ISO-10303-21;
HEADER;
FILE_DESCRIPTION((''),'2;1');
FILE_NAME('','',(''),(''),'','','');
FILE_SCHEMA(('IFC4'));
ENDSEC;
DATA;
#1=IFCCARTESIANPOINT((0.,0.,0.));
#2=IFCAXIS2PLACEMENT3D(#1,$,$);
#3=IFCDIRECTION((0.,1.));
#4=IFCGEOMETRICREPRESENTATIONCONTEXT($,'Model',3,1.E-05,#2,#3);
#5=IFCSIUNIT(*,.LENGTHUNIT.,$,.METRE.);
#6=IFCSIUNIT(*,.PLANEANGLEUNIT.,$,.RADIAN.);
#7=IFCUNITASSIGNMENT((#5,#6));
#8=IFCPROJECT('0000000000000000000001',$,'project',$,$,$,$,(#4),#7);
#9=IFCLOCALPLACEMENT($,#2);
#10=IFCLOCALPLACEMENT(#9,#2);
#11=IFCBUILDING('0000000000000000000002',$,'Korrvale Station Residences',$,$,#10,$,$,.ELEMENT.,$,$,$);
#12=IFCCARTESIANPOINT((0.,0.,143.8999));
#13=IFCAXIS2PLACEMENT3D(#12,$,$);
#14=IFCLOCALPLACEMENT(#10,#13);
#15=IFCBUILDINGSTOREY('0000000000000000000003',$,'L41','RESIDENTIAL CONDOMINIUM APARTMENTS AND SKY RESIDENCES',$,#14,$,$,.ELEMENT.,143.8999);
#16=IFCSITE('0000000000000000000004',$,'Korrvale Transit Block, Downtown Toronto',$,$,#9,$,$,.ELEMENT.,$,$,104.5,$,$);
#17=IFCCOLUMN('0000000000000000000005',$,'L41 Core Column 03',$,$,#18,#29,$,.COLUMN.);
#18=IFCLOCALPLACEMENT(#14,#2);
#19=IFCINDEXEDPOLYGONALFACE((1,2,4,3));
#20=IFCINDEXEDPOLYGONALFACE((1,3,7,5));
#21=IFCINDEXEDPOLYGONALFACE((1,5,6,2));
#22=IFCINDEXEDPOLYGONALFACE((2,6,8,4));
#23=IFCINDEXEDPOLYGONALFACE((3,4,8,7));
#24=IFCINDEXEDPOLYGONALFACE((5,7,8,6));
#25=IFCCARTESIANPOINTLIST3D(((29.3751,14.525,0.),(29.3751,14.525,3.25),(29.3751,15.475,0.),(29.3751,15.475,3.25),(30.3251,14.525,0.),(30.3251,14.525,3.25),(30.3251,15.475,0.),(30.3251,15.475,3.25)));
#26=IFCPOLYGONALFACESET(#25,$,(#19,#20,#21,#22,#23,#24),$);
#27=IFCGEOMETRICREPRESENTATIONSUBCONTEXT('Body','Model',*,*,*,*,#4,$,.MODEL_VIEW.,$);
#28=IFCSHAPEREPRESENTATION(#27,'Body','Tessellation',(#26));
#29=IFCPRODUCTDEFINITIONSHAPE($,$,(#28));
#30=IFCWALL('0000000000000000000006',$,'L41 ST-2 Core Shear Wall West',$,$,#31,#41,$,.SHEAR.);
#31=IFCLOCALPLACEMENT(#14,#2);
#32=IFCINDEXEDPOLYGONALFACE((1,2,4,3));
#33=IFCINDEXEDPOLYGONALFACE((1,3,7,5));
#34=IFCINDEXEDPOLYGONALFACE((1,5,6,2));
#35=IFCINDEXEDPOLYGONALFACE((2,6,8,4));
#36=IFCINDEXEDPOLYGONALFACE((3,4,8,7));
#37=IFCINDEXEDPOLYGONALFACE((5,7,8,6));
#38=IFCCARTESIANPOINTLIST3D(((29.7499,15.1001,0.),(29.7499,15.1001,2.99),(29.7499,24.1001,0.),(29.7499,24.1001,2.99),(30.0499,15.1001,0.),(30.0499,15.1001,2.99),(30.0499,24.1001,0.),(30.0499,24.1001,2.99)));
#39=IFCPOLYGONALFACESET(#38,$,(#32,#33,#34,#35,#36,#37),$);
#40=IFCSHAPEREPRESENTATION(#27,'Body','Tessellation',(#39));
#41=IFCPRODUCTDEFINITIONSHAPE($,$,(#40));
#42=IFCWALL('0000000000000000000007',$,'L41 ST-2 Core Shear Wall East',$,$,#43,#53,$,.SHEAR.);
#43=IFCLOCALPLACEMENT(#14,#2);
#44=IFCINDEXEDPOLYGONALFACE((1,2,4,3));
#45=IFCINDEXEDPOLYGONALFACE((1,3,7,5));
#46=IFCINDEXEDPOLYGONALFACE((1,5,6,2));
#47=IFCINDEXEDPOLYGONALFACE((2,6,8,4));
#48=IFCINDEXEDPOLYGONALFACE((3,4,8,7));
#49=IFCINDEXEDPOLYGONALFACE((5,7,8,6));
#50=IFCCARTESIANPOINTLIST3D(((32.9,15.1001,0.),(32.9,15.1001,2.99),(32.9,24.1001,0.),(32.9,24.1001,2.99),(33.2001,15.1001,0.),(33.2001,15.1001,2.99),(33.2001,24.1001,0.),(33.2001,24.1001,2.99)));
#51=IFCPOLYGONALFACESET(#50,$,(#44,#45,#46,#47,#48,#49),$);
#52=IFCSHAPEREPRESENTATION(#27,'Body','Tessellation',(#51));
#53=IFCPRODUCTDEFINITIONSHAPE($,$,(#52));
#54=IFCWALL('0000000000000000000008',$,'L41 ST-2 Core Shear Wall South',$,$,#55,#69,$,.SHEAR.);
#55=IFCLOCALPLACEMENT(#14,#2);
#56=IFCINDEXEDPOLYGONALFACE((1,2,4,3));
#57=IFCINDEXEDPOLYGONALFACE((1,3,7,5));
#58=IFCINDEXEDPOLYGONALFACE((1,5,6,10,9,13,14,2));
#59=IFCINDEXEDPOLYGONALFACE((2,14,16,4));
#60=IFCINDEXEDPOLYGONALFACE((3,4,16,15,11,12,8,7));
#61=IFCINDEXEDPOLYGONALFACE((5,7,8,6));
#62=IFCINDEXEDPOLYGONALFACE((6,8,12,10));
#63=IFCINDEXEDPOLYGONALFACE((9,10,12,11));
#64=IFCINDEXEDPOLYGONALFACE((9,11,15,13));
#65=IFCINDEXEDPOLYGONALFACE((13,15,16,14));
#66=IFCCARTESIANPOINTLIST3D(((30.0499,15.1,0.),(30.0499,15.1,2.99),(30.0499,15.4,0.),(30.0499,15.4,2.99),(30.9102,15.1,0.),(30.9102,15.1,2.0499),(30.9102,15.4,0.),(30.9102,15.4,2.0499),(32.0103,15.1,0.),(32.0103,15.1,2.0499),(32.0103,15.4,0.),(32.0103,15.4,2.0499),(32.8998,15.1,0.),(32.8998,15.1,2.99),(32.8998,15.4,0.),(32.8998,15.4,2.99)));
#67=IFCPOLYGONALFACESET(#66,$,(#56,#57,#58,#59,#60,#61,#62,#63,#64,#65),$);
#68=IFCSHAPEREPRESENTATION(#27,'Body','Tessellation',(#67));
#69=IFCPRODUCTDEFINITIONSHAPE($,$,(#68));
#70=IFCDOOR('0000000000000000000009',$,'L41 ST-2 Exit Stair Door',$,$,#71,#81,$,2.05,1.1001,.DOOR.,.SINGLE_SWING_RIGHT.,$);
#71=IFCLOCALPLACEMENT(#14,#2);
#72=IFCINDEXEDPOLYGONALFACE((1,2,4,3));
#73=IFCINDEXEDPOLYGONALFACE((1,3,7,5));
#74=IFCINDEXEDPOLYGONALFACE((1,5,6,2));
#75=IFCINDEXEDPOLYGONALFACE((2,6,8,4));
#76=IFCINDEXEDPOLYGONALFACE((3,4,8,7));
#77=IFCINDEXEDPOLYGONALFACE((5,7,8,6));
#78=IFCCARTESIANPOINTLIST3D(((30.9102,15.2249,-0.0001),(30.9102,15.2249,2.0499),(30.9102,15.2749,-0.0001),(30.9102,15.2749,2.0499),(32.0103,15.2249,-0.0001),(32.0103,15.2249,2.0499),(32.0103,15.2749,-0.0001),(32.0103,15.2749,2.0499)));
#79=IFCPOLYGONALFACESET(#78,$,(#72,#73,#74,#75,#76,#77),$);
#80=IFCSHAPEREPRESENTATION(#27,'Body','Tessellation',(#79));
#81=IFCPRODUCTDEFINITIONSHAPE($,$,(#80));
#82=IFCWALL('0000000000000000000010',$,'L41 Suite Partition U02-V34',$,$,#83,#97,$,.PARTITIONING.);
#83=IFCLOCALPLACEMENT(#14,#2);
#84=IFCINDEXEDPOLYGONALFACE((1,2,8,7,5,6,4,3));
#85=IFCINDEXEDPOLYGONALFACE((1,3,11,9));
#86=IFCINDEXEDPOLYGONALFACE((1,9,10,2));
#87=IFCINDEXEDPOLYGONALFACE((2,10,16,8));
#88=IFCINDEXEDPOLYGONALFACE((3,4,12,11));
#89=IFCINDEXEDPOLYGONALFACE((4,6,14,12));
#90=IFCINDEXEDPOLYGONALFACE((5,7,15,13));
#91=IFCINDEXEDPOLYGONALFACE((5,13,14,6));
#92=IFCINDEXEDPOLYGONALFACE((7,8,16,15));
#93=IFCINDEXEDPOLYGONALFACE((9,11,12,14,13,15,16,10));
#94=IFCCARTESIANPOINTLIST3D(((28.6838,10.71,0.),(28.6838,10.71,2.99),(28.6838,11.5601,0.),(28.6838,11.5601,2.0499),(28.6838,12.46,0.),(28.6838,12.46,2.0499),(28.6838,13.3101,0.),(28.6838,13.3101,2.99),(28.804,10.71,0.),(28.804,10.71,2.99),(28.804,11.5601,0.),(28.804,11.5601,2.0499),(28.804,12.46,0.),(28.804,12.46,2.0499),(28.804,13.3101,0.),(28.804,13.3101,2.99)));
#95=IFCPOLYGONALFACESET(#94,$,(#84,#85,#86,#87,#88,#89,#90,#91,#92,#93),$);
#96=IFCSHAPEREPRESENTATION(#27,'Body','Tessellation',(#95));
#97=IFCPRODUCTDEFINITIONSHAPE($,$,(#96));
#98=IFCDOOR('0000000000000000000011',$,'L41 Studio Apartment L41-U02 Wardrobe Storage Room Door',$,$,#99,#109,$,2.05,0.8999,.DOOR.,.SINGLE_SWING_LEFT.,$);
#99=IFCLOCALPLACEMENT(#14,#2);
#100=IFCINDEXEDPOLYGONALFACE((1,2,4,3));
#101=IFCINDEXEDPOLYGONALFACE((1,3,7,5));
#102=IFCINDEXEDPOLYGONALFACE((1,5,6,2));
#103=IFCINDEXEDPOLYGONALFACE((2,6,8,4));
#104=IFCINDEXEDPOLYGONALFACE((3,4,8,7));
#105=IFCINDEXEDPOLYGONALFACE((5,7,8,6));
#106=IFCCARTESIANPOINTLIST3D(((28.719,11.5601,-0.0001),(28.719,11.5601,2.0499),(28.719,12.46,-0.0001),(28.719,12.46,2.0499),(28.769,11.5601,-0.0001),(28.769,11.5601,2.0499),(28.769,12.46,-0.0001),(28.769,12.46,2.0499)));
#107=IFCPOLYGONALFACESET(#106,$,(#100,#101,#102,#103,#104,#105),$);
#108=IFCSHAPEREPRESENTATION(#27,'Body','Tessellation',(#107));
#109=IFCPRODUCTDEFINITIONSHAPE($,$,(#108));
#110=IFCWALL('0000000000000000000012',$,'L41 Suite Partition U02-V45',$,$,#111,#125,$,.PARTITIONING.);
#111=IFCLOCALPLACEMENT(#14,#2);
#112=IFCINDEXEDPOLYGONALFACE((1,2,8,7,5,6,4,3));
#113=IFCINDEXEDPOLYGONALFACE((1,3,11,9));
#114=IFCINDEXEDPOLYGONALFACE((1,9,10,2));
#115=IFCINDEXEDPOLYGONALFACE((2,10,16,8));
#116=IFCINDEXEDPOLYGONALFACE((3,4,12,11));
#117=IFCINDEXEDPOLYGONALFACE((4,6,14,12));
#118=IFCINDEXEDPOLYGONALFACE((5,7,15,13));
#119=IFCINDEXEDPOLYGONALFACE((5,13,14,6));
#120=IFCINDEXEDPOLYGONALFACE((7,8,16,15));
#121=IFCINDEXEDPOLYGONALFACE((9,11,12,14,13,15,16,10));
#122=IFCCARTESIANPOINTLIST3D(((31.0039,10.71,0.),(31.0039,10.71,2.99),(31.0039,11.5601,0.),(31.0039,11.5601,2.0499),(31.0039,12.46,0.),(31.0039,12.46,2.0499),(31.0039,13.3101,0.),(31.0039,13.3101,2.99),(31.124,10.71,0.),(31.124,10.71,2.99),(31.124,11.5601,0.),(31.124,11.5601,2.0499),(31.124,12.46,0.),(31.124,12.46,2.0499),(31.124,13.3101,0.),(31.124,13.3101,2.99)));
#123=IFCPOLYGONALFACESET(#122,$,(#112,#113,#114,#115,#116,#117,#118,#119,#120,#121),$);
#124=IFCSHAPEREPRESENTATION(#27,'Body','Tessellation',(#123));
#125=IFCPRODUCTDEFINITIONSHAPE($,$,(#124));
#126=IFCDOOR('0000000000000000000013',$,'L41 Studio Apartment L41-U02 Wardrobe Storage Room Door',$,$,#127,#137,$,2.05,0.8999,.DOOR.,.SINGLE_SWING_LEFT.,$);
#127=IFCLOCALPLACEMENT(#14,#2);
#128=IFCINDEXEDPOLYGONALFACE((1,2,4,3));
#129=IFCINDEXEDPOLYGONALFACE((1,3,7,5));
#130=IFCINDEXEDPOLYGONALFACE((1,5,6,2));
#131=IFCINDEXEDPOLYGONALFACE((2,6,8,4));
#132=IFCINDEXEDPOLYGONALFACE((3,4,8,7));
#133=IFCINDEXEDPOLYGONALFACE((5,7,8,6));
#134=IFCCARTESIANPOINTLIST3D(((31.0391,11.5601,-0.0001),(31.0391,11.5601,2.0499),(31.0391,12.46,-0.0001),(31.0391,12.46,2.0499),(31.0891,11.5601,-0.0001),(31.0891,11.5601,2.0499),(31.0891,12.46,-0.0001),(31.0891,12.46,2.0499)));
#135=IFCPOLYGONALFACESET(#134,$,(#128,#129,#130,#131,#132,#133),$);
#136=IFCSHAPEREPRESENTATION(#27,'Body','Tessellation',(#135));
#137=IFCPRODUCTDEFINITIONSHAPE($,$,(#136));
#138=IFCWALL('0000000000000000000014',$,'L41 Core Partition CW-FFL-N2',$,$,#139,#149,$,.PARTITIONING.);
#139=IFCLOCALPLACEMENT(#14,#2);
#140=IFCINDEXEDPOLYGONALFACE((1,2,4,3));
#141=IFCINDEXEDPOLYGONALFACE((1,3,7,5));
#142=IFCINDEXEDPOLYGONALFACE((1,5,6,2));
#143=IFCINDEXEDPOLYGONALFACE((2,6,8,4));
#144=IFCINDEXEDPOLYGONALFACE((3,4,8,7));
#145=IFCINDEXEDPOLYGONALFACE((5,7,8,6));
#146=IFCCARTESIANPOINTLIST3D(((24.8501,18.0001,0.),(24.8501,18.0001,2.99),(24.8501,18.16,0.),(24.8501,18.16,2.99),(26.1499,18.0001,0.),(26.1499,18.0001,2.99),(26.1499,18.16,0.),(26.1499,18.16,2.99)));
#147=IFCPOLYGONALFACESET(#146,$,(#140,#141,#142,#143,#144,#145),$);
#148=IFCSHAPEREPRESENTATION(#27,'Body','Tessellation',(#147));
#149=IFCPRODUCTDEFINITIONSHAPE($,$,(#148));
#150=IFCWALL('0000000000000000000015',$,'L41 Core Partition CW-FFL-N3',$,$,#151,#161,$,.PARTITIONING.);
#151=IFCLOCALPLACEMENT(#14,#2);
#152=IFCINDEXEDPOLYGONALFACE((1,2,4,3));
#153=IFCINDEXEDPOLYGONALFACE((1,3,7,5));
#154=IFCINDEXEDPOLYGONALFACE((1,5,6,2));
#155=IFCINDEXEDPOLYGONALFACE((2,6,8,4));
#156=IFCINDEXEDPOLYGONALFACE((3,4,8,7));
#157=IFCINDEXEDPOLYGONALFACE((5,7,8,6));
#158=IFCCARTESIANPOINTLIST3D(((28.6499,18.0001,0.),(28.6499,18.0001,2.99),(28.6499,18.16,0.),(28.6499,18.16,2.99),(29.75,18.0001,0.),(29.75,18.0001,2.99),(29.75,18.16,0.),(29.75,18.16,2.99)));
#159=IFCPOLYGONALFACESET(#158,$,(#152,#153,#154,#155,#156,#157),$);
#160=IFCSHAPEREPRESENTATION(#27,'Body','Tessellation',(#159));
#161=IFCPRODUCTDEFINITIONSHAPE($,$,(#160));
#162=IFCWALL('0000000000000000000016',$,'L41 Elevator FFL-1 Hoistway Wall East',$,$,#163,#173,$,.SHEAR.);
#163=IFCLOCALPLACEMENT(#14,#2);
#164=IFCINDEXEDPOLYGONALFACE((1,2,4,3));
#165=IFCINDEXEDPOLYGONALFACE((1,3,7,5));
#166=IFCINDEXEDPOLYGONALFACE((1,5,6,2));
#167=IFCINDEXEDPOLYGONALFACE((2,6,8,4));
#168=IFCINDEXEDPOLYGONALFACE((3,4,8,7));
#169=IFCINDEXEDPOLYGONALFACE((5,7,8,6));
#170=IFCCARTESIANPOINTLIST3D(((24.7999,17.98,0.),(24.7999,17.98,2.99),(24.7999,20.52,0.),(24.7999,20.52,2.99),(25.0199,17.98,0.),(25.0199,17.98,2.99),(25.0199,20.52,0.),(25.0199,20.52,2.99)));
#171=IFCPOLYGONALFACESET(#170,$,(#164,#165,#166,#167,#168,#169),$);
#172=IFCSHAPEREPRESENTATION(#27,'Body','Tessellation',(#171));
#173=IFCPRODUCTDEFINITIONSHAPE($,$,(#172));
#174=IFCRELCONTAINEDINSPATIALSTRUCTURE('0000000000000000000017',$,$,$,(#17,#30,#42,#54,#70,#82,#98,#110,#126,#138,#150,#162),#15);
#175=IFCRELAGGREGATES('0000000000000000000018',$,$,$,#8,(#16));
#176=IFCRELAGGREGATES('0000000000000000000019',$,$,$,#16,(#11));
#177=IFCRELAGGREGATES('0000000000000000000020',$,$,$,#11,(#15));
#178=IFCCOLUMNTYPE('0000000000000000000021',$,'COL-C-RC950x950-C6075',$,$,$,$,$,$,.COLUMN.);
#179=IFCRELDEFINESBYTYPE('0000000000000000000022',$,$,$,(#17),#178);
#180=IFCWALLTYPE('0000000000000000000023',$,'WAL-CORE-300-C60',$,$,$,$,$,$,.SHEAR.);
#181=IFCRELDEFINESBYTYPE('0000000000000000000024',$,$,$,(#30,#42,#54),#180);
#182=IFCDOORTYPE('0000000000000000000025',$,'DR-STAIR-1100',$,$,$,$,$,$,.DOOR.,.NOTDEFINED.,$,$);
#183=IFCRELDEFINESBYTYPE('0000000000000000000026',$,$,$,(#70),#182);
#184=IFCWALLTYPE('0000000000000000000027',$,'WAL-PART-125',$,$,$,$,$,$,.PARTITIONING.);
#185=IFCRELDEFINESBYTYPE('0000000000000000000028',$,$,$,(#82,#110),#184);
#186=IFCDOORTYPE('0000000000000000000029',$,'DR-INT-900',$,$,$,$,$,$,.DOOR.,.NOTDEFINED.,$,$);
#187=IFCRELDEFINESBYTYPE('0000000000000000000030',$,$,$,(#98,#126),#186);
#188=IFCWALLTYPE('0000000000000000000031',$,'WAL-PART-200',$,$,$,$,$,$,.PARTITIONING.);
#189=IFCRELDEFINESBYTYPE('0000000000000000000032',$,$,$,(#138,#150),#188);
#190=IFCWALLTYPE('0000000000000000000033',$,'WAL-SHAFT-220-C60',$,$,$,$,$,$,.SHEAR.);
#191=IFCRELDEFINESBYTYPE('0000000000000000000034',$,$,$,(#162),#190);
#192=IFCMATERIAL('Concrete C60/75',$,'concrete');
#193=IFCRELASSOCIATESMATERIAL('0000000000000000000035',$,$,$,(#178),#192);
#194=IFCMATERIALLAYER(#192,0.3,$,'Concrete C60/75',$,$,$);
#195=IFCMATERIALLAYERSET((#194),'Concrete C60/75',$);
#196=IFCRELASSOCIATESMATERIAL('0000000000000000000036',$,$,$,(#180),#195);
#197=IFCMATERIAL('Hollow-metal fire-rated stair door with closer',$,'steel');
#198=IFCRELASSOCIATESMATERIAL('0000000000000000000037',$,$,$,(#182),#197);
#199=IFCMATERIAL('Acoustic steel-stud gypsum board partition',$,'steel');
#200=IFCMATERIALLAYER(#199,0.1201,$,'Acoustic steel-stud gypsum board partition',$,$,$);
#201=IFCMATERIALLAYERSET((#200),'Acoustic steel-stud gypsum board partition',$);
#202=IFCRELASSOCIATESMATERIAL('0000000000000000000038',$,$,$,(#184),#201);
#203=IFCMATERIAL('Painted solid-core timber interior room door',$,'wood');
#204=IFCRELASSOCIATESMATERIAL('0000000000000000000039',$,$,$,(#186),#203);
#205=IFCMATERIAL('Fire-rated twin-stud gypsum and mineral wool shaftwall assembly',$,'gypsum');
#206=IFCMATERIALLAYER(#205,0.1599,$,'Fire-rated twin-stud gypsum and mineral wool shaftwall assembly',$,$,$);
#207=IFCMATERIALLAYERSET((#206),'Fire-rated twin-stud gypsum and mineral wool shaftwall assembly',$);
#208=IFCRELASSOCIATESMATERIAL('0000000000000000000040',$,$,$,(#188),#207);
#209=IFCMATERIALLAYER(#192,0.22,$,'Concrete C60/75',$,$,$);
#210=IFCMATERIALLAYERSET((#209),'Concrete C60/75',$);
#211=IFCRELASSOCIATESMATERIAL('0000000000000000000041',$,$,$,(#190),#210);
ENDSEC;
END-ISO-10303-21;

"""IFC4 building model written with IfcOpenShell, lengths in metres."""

from ifc_helpers import new_model, si_unit, direction, frame, frame_2d, origin, origin_2d, place, context, subcontext, project, spatial, rectangle, extrude, material, layer, layer_set, material_profile, profile_set, type_object, element, fill, save


model = new_model("IFC4")

# Units and contexts
model_context = context("Model", 3, precision=1e-05, world=origin(), true_north=direction((0.0, 1.0)))
body_context = subcontext(model_context, "Body", "Model", "MODEL_VIEW")
ifc_project = project(units=[si_unit("LENGTHUNIT", "METRE"), si_unit("PLANEANGLEUNIT", "RADIAN")], contexts=[model_context])

# Site, building, storey
site_placement = place(None, origin())
site = spatial("IfcSite", under=ifc_project, at=site_placement, Name="Korrvale Transit Block, Downtown Toronto", CompositionType="ELEMENT", RefElevation=104.5)
building_placement = place(site_placement, origin())
building = spatial("IfcBuilding", under=site, at=building_placement, Name="Korrvale Station Residences", CompositionType="ELEMENT")
storey_placement = place(building_placement, frame((0.0, 0.0, 143.8999)))
storey = spatial("IfcBuildingStorey", under=building, at=storey_placement, Name="L41", Description="RESIDENTIAL CONDOMINIUM APARTMENTS AND SKY RESIDENCES", CompositionType="ELEMENT", Elevation=143.8999)

# Column
ifc_material_1 = material(Name="Concrete C60/75", Category="concrete")
ifc_material_profile = material_profile(ifc_material_1, rectangle(XDim=0.95, YDim=0.95, at=origin_2d()), Name="RC950x950")
ifc_profile_set = profile_set([ifc_material_profile], Name="Concrete C60/75")
column_type = type_object("IfcColumnType", Name="COL-C-RC950x950-C6075", PredefinedType="COLUMN", material=ifc_profile_set)
column_placement = place(storey_placement, frame((29.8501, 15.0, 0.0), z_axis=(0.0, 0.0, 1.0), x_axis=(1.0, 0.0, 0.0)))
element("IfcColumn", 1, at=column_placement, inside=storey, type_object=column_type, Name="L41 Core Column 03", PredefinedType="COLUMN", context=body_context, shape_type="SweptSolid", body=[
    extrude(rectangle(XDim=0.95, YDim=0.95, at=origin_2d()), origin(), (0.0, 0.0, 1.0), 3.25),
])

# Walls
ifc_layer_1 = layer(ifc_material_1, 0.3, Name="Concrete C60/75")
ifc_layer_set_1 = layer_set([ifc_layer_1], Name="Concrete C60/75")
wall_type_1 = type_object("IfcWallType", Name="WAL-CORE-300-C60", PredefinedType="SHEAR", material=ifc_layer_set_1)
for number, where, z_axis, x_axis, name in (
    (2, (29.8999, 15.1001, 0.0), (0.0, 0.0, 1.0), (0.0, 1.0, 0.0), "L41 ST-2 Core Shear Wall West"),
    (3, (33.05, 15.1001, 0.0), (0.0, 0.0, 1.0), (0.0, 1.0, 0.0), "L41 ST-2 Core Shear Wall East"),
):
    element("IfcWall", number, at=place(storey_placement, frame(where, z_axis=z_axis, x_axis=x_axis)), inside=storey, type_object=wall_type_1, Name=name, PredefinedType="SHEAR", context=body_context, shape_type="SweptSolid", body=[
        extrude(rectangle(XDim=9.0, YDim=0.3, at=frame_2d((4.5, 0.0))), origin(), (0.0, 0.0, 1.0), 2.99),
    ])

# Walls, openings, doors
wall_1_placement = place(storey_placement, frame((30.05, 15.25, 0.0), z_axis=(0.0, 0.0, 1.0), x_axis=(1.0, 0.0, 0.0)))
wall_1 = element("IfcWall", 4, at=wall_1_placement, inside=storey, type_object=wall_type_1, Name="L41 ST-2 Core Shear Wall South", PredefinedType="SHEAR", context=body_context, shape_type="SweptSolid", body=[
    extrude(rectangle(XDim=2.8499, YDim=0.3, at=frame_2d((1.4248, 0.0))), origin(), (0.0, 0.0, 1.0), 2.99),
])
opening_1_placement = place(wall_1_placement, frame((0.8601, 0.0, 0.0)))
opening_1 = element("IfcOpeningElement", 5, at=opening_1_placement, cuts=wall_1, PredefinedType="OPENING", context=body_context, shape_type="SweptSolid", body=[
    extrude(rectangle(XDim=1.1001, YDim=2.05, at=frame_2d((0.55, 1.0249))), frame((0.0, 0.1602, 0.0), z_axis=(0.0, -1.0, 0.0), x_axis=(1.0, 0.0, 0.0)), (0.0, 0.0, 1.0), 0.3201),
])
ifc_material_2 = material(Name="Hollow-metal fire-rated stair door with closer", Category="steel")
door_type_1 = type_object("IfcDoorType", Name="DR-STAIR-1100", OperationType="NOTDEFINED", PredefinedType="DOOR", material=ifc_material_2)
door_1_placement = place(opening_1_placement, origin())
door_1 = element("IfcDoor", 6, at=door_1_placement, inside=storey, type_object=door_type_1, Name="L41 ST-2 Exit Stair Door", OperationType="SINGLE_SWING_RIGHT", OverallHeight=2.05, OverallWidth=1.1001, PredefinedType="DOOR", context=body_context, shape_type="SweptSolid", body=[
    extrude(rectangle(XDim=1.1001, YDim=2.05, at=frame_2d((0.55, 1.0249))), frame((0.0, 0.0249, 0.0), z_axis=(0.0, -1.0, 0.0), x_axis=(1.0, 0.0, 0.0)), (0.0, 0.0, 1.0), 0.05),
])
fill(opening_1, door_1)
ifc_material_3 = material(Name="Acoustic steel-stud gypsum board partition", Category="steel")
ifc_layer_2 = layer(ifc_material_3, 0.1201, Name="Acoustic steel-stud gypsum board partition")
ifc_layer_set_2 = layer_set([ifc_layer_2], Name="Acoustic steel-stud gypsum board partition")
wall_type_2 = type_object("IfcWallType", Name="WAL-PART-125", PredefinedType="PARTITIONING", material=ifc_layer_set_2)
wall_2_placement = place(storey_placement, frame((28.7439, 10.71, 0.0), z_axis=(0.0, 0.0, 1.0), x_axis=(0.0, 1.0, 0.0)))
wall_2 = element("IfcWall", 7, at=wall_2_placement, inside=storey, type_object=wall_type_2, Name="L41 Suite Partition U02-V34", PredefinedType="PARTITIONING", context=body_context, shape_type="SweptSolid", body=[
    extrude(rectangle(XDim=2.6001, YDim=0.1201, at=frame_2d((1.3, 0.0))), origin(), (0.0, 0.0, 1.0), 2.99),
])
opening_2_placement = place(wall_2_placement, frame((0.8501, 0.0, 0.0)))
opening_2 = element("IfcOpeningElement", 8, at=opening_2_placement, cuts=wall_2, PredefinedType="OPENING", context=body_context, shape_type="SweptSolid", body=[
    extrude(rectangle(XDim=0.8999, YDim=2.05, at=frame_2d((0.45, 1.0249))), frame((0.0, 0.0701, 0.0), z_axis=(0.0, -1.0, 0.0), x_axis=(1.0, 0.0, 0.0)), (0.0, 0.0, 1.0), 0.1401),
])
ifc_material_4 = material(Name="Painted solid-core timber interior room door", Category="wood")
door_type_2 = type_object("IfcDoorType", Name="DR-INT-900", OperationType="NOTDEFINED", PredefinedType="DOOR", material=ifc_material_4)
door_2_placement = place(opening_2_placement, origin())
door_2 = element("IfcDoor", 9, at=door_2_placement, inside=storey, type_object=door_type_2, Name="L41 Studio Apartment L41-U02 Wardrobe Storage Room Door", OperationType="SINGLE_SWING_LEFT", OverallHeight=2.05, OverallWidth=0.8999, PredefinedType="DOOR", context=body_context, shape_type="SweptSolid", body=[
    extrude(rectangle(XDim=0.8999, YDim=2.05, at=frame_2d((0.45, 1.0249))), frame((0.0, 0.0249, 0.0), z_axis=(0.0, -1.0, 0.0), x_axis=(1.0, 0.0, 0.0)), (0.0, 0.0, 1.0), 0.05),
])
fill(opening_2, door_2)
wall_3_placement = place(storey_placement, frame((31.064, 10.71, 0.0), z_axis=(0.0, 0.0, 1.0), x_axis=(0.0, 1.0, 0.0)))
wall_3 = element("IfcWall", 10, at=wall_3_placement, inside=storey, type_object=wall_type_2, Name="L41 Suite Partition U02-V45", PredefinedType="PARTITIONING", context=body_context, shape_type="SweptSolid", body=[
    extrude(rectangle(XDim=2.6001, YDim=0.1201, at=frame_2d((1.3, 0.0))), origin(), (0.0, 0.0, 1.0), 2.99),
])
opening_3_placement = place(wall_3_placement, frame((0.8501, 0.0, 0.0)))
opening_3 = element("IfcOpeningElement", 11, at=opening_3_placement, cuts=wall_3, PredefinedType="OPENING", context=body_context, shape_type="SweptSolid", body=[
    extrude(rectangle(XDim=0.8999, YDim=2.05, at=frame_2d((0.45, 1.0249))), frame((0.0, 0.0701, 0.0), z_axis=(0.0, -1.0, 0.0), x_axis=(1.0, 0.0, 0.0)), (0.0, 0.0, 1.0), 0.1401),
])
door_3_placement = place(opening_3_placement, origin())
door_3 = element("IfcDoor", 12, at=door_3_placement, inside=storey, type_object=door_type_2, Name="L41 Studio Apartment L41-U02 Wardrobe Storage Room Door", OperationType="SINGLE_SWING_LEFT", OverallHeight=2.05, OverallWidth=0.8999, PredefinedType="DOOR", context=body_context, shape_type="SweptSolid", body=[
    extrude(rectangle(XDim=0.8999, YDim=2.05, at=frame_2d((0.45, 1.0249))), frame((0.0, 0.0249, 0.0), z_axis=(0.0, -1.0, 0.0), x_axis=(1.0, 0.0, 0.0)), (0.0, 0.0, 1.0), 0.05),
])
fill(opening_3, door_3)

# Walls
ifc_material_5 = material(Name="Fire-rated twin-stud gypsum and mineral wool shaftwall assembly", Category="gypsum")
ifc_layer_3 = layer(ifc_material_5, 0.1599, Name="Fire-rated twin-stud gypsum and mineral wool shaftwall assembly")
ifc_layer_set_3 = layer_set([ifc_layer_3], Name="Fire-rated twin-stud gypsum and mineral wool shaftwall assembly")
wall_type_3 = type_object("IfcWallType", Name="WAL-PART-200", PredefinedType="PARTITIONING", material=ifc_layer_set_3)
wall_4_placement = place(storey_placement, frame((24.8501, 18.0801, 0.0), z_axis=(0.0, 0.0, 1.0), x_axis=(1.0, 0.0, 0.0)))
element("IfcWall", 13, at=wall_4_placement, inside=storey, type_object=wall_type_3, Name="L41 Core Partition CW-FFL-N2", PredefinedType="PARTITIONING", context=body_context, shape_type="SweptSolid", body=[
    extrude(rectangle(XDim=1.2998, YDim=0.1599, at=frame_2d((0.6499, 0.0))), origin(), (0.0, 0.0, 1.0), 2.99),
])
wall_5_placement = place(storey_placement, frame((28.6499, 18.0801, 0.0), z_axis=(0.0, 0.0, 1.0), x_axis=(1.0, 0.0, 0.0)))
element("IfcWall", 14, at=wall_5_placement, inside=storey, type_object=wall_type_3, Name="L41 Core Partition CW-FFL-N3", PredefinedType="PARTITIONING", context=body_context, shape_type="SweptSolid", body=[
    extrude(rectangle(XDim=1.1001, YDim=0.1599, at=frame_2d((0.55, 0.0))), origin(), (0.0, 0.0, 1.0), 2.99),
])
ifc_layer_4 = layer(ifc_material_1, 0.22, Name="Concrete C60/75")
ifc_layer_set_4 = layer_set([ifc_layer_4], Name="Concrete C60/75")
wall_type_4 = type_object("IfcWallType", Name="WAL-SHAFT-220-C60", PredefinedType="SHEAR", material=ifc_layer_set_4)
wall_6_placement = place(storey_placement, frame((24.9099, 17.98, 0.0), z_axis=(0.0, 0.0, 1.0), x_axis=(0.0, 1.0, 0.0)))
element("IfcWall", 15, at=wall_6_placement, inside=storey, type_object=wall_type_4, Name="L41 Elevator FFL-1 Hoistway Wall East", PredefinedType="SHEAR", context=body_context, shape_type="SweptSolid", body=[
    extrude(rectangle(XDim=2.54, YDim=0.22, at=frame_2d((1.27, 0.0))), origin(), (0.0, 0.0, 1.0), 2.99),
])

save(model, "model.ifc")
